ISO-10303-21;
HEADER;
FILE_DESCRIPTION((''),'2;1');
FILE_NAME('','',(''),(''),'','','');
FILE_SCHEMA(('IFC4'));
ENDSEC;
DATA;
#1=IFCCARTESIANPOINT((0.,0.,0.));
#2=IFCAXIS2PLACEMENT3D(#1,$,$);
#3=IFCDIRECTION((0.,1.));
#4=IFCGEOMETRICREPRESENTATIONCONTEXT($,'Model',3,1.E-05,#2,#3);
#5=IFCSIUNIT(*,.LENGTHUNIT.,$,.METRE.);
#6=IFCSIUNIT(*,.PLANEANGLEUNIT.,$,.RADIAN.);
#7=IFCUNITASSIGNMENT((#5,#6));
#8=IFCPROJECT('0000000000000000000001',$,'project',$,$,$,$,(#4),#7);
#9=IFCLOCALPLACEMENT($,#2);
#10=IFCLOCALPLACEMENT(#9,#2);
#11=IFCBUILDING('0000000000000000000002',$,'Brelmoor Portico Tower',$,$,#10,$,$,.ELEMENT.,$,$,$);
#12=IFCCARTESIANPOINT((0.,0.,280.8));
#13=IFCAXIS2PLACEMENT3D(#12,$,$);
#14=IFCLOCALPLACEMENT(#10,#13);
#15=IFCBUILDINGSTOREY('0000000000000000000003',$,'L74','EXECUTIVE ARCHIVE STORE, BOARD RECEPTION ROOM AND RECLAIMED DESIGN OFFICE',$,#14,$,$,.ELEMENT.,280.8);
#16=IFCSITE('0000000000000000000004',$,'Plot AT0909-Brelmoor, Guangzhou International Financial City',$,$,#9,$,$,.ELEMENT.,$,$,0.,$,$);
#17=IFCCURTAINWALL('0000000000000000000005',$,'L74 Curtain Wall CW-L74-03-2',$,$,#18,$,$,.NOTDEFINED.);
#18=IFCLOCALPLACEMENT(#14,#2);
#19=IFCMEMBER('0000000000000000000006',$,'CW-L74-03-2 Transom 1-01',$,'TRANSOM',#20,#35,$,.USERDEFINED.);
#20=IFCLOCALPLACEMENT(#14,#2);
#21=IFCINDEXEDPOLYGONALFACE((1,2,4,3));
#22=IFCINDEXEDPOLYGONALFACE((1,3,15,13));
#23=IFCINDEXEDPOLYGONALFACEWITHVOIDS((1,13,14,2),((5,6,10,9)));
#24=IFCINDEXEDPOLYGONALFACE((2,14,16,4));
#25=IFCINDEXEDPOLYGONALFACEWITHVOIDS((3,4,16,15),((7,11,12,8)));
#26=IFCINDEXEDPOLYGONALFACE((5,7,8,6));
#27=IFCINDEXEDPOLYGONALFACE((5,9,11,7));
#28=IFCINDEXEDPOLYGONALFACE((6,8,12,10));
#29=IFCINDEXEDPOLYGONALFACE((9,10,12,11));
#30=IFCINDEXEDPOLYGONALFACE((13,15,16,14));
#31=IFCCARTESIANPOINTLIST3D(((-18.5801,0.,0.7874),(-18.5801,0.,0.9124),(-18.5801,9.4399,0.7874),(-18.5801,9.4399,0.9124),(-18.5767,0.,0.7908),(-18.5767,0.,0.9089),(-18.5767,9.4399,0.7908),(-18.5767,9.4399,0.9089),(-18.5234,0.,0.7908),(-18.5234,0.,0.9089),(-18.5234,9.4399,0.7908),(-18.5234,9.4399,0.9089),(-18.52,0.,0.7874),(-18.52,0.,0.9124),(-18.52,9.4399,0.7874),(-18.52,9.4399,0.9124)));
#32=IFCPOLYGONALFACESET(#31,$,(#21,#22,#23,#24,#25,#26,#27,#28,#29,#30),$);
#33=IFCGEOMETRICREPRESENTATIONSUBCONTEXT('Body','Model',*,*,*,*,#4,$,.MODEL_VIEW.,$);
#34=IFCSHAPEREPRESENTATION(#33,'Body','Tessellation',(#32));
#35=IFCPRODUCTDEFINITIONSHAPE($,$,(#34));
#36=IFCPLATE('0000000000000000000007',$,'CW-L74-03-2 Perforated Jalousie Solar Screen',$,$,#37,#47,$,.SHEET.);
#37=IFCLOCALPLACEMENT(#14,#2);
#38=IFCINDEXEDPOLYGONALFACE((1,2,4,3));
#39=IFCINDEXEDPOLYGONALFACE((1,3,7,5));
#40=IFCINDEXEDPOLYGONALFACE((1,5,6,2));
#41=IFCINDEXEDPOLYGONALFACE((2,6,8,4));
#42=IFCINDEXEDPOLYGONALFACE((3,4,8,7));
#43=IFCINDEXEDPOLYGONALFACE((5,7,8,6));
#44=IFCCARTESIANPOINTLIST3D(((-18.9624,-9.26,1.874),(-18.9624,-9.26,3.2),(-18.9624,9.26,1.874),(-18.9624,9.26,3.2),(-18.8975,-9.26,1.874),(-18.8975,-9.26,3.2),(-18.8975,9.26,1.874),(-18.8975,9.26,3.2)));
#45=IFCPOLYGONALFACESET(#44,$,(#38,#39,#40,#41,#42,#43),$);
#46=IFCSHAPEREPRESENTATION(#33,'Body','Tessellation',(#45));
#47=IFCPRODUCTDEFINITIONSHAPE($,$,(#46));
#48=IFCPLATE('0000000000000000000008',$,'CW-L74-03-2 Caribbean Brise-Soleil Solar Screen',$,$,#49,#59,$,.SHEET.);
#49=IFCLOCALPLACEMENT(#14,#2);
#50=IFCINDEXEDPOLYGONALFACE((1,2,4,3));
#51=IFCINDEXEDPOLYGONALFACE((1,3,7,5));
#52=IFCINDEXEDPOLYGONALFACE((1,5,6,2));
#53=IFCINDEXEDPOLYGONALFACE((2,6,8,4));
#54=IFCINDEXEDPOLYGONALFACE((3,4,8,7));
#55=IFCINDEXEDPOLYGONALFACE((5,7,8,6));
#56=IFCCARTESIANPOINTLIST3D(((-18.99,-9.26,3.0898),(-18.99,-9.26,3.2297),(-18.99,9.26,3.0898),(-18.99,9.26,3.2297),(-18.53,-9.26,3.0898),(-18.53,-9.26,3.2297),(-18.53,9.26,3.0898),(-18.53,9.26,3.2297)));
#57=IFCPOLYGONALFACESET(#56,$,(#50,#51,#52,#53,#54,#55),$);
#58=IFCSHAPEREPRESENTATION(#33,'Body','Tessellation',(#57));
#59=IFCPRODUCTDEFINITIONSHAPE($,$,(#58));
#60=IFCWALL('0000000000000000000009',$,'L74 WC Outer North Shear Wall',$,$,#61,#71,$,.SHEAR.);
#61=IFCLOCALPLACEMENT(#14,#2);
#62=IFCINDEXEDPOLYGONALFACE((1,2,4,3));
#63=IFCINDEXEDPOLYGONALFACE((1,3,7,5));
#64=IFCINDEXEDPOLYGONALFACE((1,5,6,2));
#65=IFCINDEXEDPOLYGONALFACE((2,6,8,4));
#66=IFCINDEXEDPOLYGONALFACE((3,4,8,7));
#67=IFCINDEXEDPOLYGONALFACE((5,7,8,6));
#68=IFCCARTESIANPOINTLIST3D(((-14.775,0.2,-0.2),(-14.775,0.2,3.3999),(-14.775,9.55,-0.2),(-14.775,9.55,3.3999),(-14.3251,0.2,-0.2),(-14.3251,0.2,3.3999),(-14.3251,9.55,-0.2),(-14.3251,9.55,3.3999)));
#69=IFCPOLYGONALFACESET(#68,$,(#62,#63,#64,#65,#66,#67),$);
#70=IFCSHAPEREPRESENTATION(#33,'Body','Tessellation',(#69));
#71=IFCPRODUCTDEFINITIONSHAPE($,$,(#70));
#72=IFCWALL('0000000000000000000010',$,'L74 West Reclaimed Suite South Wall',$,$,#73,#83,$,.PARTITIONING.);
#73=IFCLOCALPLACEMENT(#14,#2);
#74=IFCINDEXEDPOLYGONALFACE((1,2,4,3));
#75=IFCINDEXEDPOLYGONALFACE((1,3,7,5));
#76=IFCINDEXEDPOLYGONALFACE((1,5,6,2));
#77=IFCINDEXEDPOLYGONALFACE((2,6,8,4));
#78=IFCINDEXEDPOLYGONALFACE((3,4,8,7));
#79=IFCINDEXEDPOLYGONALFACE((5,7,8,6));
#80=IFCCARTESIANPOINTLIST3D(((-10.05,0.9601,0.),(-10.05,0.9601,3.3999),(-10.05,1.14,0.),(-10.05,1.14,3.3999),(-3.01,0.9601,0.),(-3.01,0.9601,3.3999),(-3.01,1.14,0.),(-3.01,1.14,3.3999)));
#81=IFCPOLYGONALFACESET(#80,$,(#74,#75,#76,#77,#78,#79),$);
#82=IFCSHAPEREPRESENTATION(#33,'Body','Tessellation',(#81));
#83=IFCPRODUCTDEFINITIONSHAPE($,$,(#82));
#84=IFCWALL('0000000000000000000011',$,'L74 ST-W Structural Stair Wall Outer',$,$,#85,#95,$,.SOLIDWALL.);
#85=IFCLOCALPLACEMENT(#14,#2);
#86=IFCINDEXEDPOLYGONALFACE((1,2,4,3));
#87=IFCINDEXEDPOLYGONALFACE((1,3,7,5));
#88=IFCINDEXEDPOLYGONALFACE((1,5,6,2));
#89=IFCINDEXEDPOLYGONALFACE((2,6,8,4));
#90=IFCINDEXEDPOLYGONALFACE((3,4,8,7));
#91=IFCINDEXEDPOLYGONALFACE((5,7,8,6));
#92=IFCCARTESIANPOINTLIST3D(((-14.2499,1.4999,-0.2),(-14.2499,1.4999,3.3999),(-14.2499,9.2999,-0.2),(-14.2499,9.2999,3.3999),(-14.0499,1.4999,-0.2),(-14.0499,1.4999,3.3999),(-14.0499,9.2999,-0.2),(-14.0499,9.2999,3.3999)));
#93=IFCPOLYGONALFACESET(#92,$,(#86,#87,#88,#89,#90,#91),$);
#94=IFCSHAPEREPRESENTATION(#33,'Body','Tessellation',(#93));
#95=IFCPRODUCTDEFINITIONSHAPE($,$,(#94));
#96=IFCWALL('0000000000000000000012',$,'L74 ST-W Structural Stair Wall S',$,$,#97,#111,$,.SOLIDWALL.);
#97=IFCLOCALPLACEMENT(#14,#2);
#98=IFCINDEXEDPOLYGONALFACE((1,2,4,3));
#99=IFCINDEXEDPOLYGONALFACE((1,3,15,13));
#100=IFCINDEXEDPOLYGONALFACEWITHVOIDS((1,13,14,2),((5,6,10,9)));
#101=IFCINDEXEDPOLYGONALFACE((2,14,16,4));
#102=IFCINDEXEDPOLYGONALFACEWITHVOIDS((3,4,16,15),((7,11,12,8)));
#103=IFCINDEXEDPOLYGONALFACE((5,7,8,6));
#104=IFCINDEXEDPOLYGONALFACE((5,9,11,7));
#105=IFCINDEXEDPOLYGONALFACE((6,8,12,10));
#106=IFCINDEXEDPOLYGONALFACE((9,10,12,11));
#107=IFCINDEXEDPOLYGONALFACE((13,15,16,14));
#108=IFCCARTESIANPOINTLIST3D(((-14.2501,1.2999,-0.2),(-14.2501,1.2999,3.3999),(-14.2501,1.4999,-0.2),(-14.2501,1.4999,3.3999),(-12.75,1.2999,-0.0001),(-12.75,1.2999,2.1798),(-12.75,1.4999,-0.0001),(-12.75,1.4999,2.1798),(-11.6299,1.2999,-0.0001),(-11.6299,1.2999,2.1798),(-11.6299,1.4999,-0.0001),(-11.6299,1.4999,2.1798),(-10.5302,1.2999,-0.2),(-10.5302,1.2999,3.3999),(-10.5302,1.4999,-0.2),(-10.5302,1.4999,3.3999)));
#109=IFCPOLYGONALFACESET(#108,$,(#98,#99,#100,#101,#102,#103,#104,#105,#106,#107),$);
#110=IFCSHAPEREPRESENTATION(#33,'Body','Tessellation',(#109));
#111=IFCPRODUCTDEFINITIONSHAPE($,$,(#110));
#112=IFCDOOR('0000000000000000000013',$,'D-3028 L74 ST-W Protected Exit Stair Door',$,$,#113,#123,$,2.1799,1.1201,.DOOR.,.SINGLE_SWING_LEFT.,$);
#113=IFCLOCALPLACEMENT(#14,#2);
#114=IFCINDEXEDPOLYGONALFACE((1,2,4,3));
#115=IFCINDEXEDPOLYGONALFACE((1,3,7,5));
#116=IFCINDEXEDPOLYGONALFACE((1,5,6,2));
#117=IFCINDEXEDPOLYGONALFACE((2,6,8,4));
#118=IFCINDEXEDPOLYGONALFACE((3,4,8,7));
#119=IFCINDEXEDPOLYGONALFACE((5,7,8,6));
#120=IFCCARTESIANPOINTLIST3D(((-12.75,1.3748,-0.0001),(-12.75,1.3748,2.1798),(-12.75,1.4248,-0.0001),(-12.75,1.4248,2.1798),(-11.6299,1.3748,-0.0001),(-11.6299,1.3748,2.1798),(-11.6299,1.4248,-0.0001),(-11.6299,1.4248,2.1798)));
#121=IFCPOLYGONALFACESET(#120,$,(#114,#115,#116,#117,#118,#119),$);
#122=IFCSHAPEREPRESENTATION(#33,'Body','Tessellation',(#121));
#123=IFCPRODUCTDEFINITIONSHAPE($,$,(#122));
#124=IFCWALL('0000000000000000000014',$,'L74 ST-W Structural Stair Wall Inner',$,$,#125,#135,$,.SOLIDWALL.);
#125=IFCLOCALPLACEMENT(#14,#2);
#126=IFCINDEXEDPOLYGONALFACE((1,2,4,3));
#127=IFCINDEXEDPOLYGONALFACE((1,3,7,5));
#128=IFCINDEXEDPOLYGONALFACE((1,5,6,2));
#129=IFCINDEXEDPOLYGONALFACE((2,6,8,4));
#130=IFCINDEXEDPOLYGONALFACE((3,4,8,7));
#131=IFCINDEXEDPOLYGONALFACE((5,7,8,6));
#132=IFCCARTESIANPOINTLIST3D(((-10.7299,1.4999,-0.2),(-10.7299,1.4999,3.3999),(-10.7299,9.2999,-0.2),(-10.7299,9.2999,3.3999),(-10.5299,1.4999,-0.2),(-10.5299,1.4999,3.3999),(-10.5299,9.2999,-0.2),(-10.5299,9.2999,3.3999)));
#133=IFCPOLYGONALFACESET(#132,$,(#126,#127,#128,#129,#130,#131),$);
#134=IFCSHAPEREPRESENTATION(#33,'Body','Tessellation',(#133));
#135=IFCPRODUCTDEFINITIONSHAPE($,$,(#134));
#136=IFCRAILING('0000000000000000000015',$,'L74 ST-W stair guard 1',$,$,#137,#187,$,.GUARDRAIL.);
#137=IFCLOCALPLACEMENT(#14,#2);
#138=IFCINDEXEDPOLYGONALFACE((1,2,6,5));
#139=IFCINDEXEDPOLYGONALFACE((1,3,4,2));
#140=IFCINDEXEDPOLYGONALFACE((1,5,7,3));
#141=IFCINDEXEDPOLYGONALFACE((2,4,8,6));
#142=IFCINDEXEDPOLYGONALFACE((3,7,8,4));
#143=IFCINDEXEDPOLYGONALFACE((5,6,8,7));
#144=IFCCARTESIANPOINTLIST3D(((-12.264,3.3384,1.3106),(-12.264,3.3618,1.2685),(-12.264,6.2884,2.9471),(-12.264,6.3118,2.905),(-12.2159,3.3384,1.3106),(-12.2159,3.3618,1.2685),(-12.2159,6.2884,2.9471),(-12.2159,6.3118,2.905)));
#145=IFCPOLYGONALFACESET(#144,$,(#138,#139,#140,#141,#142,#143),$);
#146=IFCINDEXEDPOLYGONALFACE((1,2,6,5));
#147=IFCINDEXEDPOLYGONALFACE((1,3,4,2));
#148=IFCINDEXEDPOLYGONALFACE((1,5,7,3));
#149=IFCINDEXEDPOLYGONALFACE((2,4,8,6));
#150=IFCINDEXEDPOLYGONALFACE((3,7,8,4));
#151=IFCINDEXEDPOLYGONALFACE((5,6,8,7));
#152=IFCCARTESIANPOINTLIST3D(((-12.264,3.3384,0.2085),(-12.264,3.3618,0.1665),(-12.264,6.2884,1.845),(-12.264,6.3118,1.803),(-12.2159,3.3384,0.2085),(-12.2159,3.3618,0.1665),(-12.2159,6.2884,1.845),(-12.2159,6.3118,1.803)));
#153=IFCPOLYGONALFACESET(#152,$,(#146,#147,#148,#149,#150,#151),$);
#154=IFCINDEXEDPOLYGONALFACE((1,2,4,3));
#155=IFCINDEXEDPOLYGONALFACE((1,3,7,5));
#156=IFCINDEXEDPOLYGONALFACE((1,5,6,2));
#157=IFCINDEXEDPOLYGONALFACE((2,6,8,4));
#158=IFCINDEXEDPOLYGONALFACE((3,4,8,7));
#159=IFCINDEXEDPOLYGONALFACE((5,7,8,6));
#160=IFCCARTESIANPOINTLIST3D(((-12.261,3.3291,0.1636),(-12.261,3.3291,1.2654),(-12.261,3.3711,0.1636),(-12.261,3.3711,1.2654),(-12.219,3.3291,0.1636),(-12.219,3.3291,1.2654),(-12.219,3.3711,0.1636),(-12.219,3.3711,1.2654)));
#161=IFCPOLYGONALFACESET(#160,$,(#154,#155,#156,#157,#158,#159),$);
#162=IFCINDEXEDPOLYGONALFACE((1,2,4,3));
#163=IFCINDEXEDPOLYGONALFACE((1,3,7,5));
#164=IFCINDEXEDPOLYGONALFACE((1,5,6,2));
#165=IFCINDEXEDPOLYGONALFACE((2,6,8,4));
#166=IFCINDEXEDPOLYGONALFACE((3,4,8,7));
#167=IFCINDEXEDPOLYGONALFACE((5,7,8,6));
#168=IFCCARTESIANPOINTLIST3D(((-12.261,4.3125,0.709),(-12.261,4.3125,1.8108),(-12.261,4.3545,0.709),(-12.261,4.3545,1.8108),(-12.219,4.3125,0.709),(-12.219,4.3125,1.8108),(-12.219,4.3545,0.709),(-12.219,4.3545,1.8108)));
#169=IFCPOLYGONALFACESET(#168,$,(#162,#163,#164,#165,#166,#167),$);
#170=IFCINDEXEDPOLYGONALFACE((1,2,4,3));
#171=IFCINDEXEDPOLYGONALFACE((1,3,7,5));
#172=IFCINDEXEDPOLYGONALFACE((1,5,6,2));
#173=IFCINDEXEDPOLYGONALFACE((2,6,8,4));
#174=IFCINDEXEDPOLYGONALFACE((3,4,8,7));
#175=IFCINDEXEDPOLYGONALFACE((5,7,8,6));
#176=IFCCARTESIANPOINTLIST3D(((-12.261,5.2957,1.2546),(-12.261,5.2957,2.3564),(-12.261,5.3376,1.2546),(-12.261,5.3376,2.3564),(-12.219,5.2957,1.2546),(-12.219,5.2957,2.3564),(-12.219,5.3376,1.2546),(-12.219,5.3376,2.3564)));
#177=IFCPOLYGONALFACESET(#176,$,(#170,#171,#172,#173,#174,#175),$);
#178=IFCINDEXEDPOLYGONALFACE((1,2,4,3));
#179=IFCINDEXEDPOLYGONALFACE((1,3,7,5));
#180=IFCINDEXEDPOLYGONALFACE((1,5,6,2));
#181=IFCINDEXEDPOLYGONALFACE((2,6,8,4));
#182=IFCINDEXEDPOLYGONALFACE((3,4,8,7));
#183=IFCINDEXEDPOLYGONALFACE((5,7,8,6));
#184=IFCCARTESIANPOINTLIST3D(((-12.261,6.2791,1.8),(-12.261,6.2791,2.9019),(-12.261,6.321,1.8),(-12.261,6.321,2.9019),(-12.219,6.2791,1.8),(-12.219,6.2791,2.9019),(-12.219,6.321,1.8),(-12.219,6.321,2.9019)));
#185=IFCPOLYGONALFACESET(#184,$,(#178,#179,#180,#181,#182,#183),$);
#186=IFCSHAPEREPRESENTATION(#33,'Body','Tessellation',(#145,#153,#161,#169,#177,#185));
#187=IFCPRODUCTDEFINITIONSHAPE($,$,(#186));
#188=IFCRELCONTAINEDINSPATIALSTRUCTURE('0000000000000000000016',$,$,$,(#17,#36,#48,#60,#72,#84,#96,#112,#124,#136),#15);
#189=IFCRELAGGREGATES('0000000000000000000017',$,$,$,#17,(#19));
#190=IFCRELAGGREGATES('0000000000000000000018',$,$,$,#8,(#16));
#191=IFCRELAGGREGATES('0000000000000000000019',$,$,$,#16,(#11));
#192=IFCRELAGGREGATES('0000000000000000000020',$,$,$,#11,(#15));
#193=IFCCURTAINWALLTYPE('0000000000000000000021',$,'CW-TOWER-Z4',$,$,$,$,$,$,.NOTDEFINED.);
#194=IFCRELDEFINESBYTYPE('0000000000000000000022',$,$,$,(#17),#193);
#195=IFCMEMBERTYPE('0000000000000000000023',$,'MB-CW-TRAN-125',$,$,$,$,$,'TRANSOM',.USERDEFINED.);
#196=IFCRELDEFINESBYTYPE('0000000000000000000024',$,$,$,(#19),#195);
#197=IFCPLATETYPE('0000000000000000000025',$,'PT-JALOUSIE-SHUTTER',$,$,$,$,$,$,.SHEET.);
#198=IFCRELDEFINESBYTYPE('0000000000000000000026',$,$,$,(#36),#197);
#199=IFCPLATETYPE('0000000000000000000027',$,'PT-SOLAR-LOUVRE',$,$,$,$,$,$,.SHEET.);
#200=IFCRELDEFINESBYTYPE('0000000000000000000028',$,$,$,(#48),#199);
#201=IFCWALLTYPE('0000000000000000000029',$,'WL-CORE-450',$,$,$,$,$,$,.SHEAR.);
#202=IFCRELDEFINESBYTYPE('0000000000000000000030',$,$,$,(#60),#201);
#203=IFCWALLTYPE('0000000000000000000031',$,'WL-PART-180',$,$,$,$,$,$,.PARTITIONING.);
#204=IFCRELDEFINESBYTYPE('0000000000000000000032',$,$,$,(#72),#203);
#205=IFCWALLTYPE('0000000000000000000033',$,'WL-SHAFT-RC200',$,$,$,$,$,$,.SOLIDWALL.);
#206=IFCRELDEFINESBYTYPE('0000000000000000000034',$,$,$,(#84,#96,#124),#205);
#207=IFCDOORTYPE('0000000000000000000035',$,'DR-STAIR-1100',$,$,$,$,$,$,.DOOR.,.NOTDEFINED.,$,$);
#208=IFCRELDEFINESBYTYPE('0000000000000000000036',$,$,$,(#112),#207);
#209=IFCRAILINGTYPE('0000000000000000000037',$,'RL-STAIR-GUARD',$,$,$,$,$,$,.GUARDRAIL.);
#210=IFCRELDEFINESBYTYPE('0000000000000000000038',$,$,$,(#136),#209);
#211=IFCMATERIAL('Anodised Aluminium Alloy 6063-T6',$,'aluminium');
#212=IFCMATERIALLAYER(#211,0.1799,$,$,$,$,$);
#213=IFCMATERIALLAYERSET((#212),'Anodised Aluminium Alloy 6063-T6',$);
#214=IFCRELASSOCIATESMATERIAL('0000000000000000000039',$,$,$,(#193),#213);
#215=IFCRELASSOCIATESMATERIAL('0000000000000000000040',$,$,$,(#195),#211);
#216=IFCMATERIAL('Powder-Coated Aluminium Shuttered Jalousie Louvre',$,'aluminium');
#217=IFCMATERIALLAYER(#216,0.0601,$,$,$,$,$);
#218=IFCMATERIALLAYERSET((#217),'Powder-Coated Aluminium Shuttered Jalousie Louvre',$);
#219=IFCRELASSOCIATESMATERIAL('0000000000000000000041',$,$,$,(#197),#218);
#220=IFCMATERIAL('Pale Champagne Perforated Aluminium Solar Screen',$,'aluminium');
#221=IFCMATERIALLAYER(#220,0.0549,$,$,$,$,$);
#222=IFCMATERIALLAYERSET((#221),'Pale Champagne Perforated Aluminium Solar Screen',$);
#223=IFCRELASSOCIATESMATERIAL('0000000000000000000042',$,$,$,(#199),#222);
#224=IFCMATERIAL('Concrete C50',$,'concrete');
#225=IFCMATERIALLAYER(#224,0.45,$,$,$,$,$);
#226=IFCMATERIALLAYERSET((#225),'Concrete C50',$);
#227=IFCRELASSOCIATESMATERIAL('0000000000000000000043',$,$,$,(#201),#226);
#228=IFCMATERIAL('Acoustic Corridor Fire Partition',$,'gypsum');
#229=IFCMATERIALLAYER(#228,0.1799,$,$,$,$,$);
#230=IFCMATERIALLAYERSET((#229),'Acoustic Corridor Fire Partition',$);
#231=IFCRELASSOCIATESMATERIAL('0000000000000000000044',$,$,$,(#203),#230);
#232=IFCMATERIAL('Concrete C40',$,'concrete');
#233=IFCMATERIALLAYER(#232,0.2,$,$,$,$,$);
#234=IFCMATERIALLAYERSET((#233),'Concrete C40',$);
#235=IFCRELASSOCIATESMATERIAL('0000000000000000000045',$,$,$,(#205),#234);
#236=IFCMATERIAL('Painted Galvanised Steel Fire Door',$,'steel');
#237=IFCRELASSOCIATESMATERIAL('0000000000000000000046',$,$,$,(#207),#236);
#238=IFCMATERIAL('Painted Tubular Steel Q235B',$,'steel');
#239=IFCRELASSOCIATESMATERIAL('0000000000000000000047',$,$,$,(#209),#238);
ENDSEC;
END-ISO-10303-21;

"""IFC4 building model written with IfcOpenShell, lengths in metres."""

from ifc_helpers import new_model, si_unit, direction, frame, frame_2d, origin, origin_2d, place, context, subcontext, project, spatial, rectangle, hollow_rectangle, extrude, material, layer, layer_set, material_profile, profile_set, type_object, element, fill, aggregate, save


model = new_model("IFC4")

# Units and contexts
model_context = context("Model", 3, precision=1e-05, world=origin(), true_north=direction((0.0, 1.0)))
body_context = subcontext(model_context, "Body", "Model", "MODEL_VIEW")
ifc_project = project(units=[si_unit("LENGTHUNIT", "METRE"), si_unit("PLANEANGLEUNIT", "RADIAN")], contexts=[model_context])

# Site, building, storey
site_placement = place(None, origin())
site = spatial("IfcSite", under=ifc_project, at=site_placement, Name="Plot AT0909-Brelmoor, Guangzhou International Financial City", CompositionType="ELEMENT", RefElevation=0.0)
building_placement = place(site_placement, origin())
building = spatial("IfcBuilding", under=site, at=building_placement, Name="Brelmoor Portico Tower", CompositionType="ELEMENT")
storey_placement = place(building_placement, frame((0.0, 0.0, 280.8)))
storey = spatial("IfcBuildingStorey", under=building, at=storey_placement, Name="L74", Description="EXECUTIVE ARCHIVE STORE, BOARD RECEPTION ROOM AND RECLAIMED DESIGN OFFICE", CompositionType="ELEMENT", Elevation=280.8)

# Curtain wall, member
ifc_material_1 = material(Name="Anodised Aluminium Alloy 6063-T6", Category="aluminium")
ifc_layer_1 = layer(ifc_material_1, 0.1799)
ifc_layer_set_1 = layer_set([ifc_layer_1], Name="Anodised Aluminium Alloy 6063-T6")
curtain_wall_type = type_object("IfcCurtainWallType", Name="CW-TOWER-Z4", PredefinedType="NOTDEFINED", material=ifc_layer_set_1)
curtain_wall_placement = place(storey_placement, origin())
curtain_wall = element("IfcCurtainWall", 1, at=curtain_wall_placement, inside=storey, type_object=curtain_wall_type, Name="L74 Curtain Wall CW-L74-03-2", PredefinedType="NOTDEFINED")
ifc_material_profile_1 = material_profile(ifc_material_1, hollow_rectangle(XDim=0.0601, YDim=0.125, WallThickness=0.0034, at=origin_2d()), Name="ALU TRANSOM 60x125")
ifc_profile_set_1 = profile_set([ifc_material_profile_1], Name="Anodised Aluminium Alloy 6063-T6")
member_type_1 = type_object("IfcMemberType", Name="MB-CW-TRAN-125", ElementType="TRANSOM", PredefinedType="USERDEFINED", material=ifc_profile_set_1)
member_1_placement = place(storey_placement, frame((-18.55, 0.0, 0.8499), z_axis=(0.0, 1.0, 0.0), x_axis=(-1.0, 0.0, 0.0)))
member_1 = element("IfcMember", 2, at=member_1_placement, type_object=member_type_1, Name="CW-L74-03-2 Transom 1-01", ObjectType="TRANSOM", PredefinedType="USERDEFINED", context=body_context, shape_type="SweptSolid", body=[
    extrude(hollow_rectangle(XDim=0.0601, YDim=0.125, WallThickness=0.0034, at=origin_2d()), origin(), (0.0, 0.0, 1.0), 9.4399),
])
aggregate(curtain_wall, [member_1])

# Plates
ifc_material_2 = material(Name="Powder-Coated Aluminium Shuttered Jalousie Louvre", Category="aluminium")
ifc_layer_2 = layer(ifc_material_2, 0.0601)
ifc_layer_set_2 = layer_set([ifc_layer_2], Name="Powder-Coated Aluminium Shuttered Jalousie Louvre")
plate_type_1 = type_object("IfcPlateType", Name="PT-JALOUSIE-SHUTTER", PredefinedType="SHEET", material=ifc_layer_set_2)
plate_1_placement = place(storey_placement, frame((-18.9299, 0.0, 1.874), z_axis=(0.0, 0.0, 1.0), x_axis=(0.0, 1.0, 0.0)))
element("IfcPlate", 3, at=plate_1_placement, inside=storey, type_object=plate_type_1, Name="CW-L74-03-2 Perforated Jalousie Solar Screen", PredefinedType="SHEET", context=body_context, shape_type="SweptSolid", body=[
    extrude(rectangle(XDim=18.52, YDim=0.0649, at=origin_2d()), origin(), (0.0, 0.0, 1.0), 1.3259),
])
ifc_material_3 = material(Name="Pale Champagne Perforated Aluminium Solar Screen", Category="aluminium")
ifc_layer_3 = layer(ifc_material_3, 0.0549)
ifc_layer_set_3 = layer_set([ifc_layer_3], Name="Pale Champagne Perforated Aluminium Solar Screen")
plate_type_2 = type_object("IfcPlateType", Name="PT-SOLAR-LOUVRE", PredefinedType="SHEET", material=ifc_layer_set_3)
plate_2_placement = place(storey_placement, frame((-18.76, 0.0, 3.0898), z_axis=(0.0, 0.0, 1.0), x_axis=(0.0, 1.0, 0.0)))
element("IfcPlate", 4, at=plate_2_placement, inside=storey, type_object=plate_type_2, Name="CW-L74-03-2 Caribbean Brise-Soleil Solar Screen", PredefinedType="SHEET", context=body_context, shape_type="SweptSolid", body=[
    extrude(rectangle(XDim=18.52, YDim=0.46, at=origin_2d()), origin(), (0.0, 0.0, 1.0), 0.1399),
])

# Walls
ifc_material_4 = material(Name="Concrete C50", Category="concrete")
ifc_layer_4 = layer(ifc_material_4, 0.45)
ifc_layer_set_4 = layer_set([ifc_layer_4], Name="Concrete C50")
wall_type_1 = type_object("IfcWallType", Name="WL-CORE-450", PredefinedType="SHEAR", material=ifc_layer_set_4)
wall_1_placement = place(storey_placement, frame((-14.55, 0.2, -0.2), z_axis=(0.0, 0.0, 1.0), x_axis=(0.0, 1.0, 0.0)))
element("IfcWall", 5, at=wall_1_placement, inside=storey, type_object=wall_type_1, Name="L74 WC Outer North Shear Wall", PredefinedType="SHEAR", context=body_context, shape_type="SweptSolid", body=[
    extrude(rectangle(XDim=9.3501, YDim=0.45, at=frame_2d((4.675, 0.0))), origin(), (0.0, 0.0, 1.0), 3.5999),
])
ifc_material_5 = material(Name="Acoustic Corridor Fire Partition", Category="gypsum")
ifc_layer_5 = layer(ifc_material_5, 0.1799)
ifc_layer_set_5 = layer_set([ifc_layer_5], Name="Acoustic Corridor Fire Partition")
wall_type_2 = type_object("IfcWallType", Name="WL-PART-180", PredefinedType="PARTITIONING", material=ifc_layer_set_5)
wall_2_placement = place(storey_placement, frame((-10.05, 1.05, 0.0), z_axis=(0.0, 0.0, 1.0), x_axis=(1.0, 0.0, 0.0)))
element("IfcWall", 6, at=wall_2_placement, inside=storey, type_object=wall_type_2, Name="L74 West Reclaimed Suite South Wall", PredefinedType="PARTITIONING", context=body_context, shape_type="SweptSolid", body=[
    extrude(rectangle(XDim=7.04, YDim=0.1799, at=frame_2d((3.52, 0.0))), origin(), (0.0, 0.0, 1.0), 3.3999),
])

# Shared definitions
ifc_material_6 = material(Name="Painted Galvanised Steel Fire Door", Category="steel")

# Wall
ifc_material_7 = material(Name="Concrete C40", Category="concrete")
ifc_layer_6 = layer(ifc_material_7, 0.2)
ifc_layer_set_6 = layer_set([ifc_layer_6], Name="Concrete C40")
wall_type_3 = type_object("IfcWallType", Name="WL-SHAFT-RC200", PredefinedType="SOLIDWALL", material=ifc_layer_set_6)
wall_3_placement = place(storey_placement, frame((-14.1499, 1.5, -0.2), z_axis=(0.0, 0.0, 1.0), x_axis=(0.0, 1.0, 0.0)))
element("IfcWall", 7, at=wall_3_placement, inside=storey, type_object=wall_type_3, Name="L74 ST-W Structural Stair Wall Outer", PredefinedType="SOLIDWALL", context=body_context, shape_type="SweptSolid", body=[
    extrude(rectangle(XDim=7.8, YDim=0.2, at=frame_2d((3.8999, 0.0))), origin(), (0.0, 0.0, 1.0), 3.5999),
])

# Wall, opening, door
wall_4_placement = place(storey_placement, frame((-14.25, 1.3999, -0.2), z_axis=(0.0, 0.0, 1.0), x_axis=(1.0, 0.0, 0.0)))
wall_4 = element("IfcWall", 8, at=wall_4_placement, inside=storey, type_object=wall_type_3, Name="L74 ST-W Structural Stair Wall S", PredefinedType="SOLIDWALL", context=body_context, shape_type="SweptSolid", body=[
    extrude(rectangle(XDim=3.72, YDim=0.2, at=frame_2d((1.8599, 0.0))), origin(), (0.0, 0.0, 1.0), 3.5999),
])
opening_1_placement = place(wall_4_placement, frame((1.5, 0.0, 0.2)))
opening_1 = element("IfcOpeningElement", 9, at=opening_1_placement, cuts=wall_4, PredefinedType="OPENING", context=body_context, shape_type="SweptSolid", body=[
    extrude(rectangle(XDim=1.1201, YDim=2.1799, at=frame_2d((0.5601, 1.0898))), frame((0.0, 0.1099, 0.0), z_axis=(0.0, -1.0, 0.0), x_axis=(1.0, 0.0, 0.0)), (0.0, 0.0, 1.0), 0.22),
])
door_type_1 = type_object("IfcDoorType", Name="DR-STAIR-1100", OperationType="NOTDEFINED", PredefinedType="DOOR", material=ifc_material_6)
door_1_placement = place(opening_1_placement, origin())
door_1 = element("IfcDoor", 10, at=door_1_placement, inside=storey, type_object=door_type_1, Name="D-3028 L74 ST-W Protected Exit Stair Door", OperationType="SINGLE_SWING_LEFT", OverallHeight=2.1799, OverallWidth=1.1201, PredefinedType="DOOR", context=body_context, shape_type="SweptSolid", body=[
    extrude(rectangle(XDim=1.1201, YDim=2.1799, at=frame_2d((0.5601, 1.0898))), frame((0.0, 0.0249, 0.0), z_axis=(0.0, -1.0, 0.0), x_axis=(1.0, 0.0, 0.0)), (0.0, 0.0, 1.0), 0.05),
])
fill(opening_1, door_1)

# Wall
wall_5_placement = place(storey_placement, frame((-10.6299, 1.5, -0.2), z_axis=(0.0, 0.0, 1.0), x_axis=(0.0, 1.0, 0.0)))
element("IfcWall", 11, at=wall_5_placement, inside=storey, type_object=wall_type_3, Name="L74 ST-W Structural Stair Wall Inner", PredefinedType="SOLIDWALL", context=body_context, shape_type="SweptSolid", body=[
    extrude(rectangle(XDim=7.8, YDim=0.2, at=frame_2d((3.8999, 0.0))), origin(), (0.0, 0.0, 1.0), 3.5999),
])

# Railing
ifc_material_8 = material(Name="Painted Tubular Steel Q235B", Category="steel")
railing_type = type_object("IfcRailingType", Name="RL-STAIR-GUARD", PredefinedType="GUARDRAIL", material=ifc_material_8)
railing_1_placement = place(storey_placement, frame((-12.24, 3.3501, 0.1636)))
element("IfcRailing", 12, at=railing_1_placement, inside=storey, type_object=railing_type, Name="L74 ST-W stair guard 1", PredefinedType="GUARDRAIL", context=body_context, shape_type="SweptSolid", body=[
    extrude(rectangle(XDim=0.0481, YDim=0.0481, at=origin_2d()), frame((0.0, 0.0, 1.126), z_axis=(0.0, 0.874458, 0.485102), x_axis=(-1.0, 0.0, 0.0)), (0.0, 0.0, 1.0), 3.3735),
    extrude(rectangle(XDim=0.0481, YDim=0.0481, at=origin_2d()), frame((0.0, 0.0, 0.0239), z_axis=(0.0, 0.874458, 0.485102), x_axis=(-1.0, 0.0, 0.0)), (0.0, 0.0, 1.0), 3.3735),
    extrude(rectangle(XDim=0.042, YDim=0.042, at=origin_2d()), origin(), (0.0, 0.0, 1.0), 1.1018),
    extrude(rectangle(XDim=0.042, YDim=0.042, at=origin_2d()), frame((0.0, 0.9834, 0.5454)), (0.0, 0.0, 1.0), 1.1018),
    extrude(rectangle(XDim=0.042, YDim=0.042, at=origin_2d()), frame((0.0, 1.9666, 1.0911)), (0.0, 0.0, 1.0), 1.1018),
    extrude(rectangle(XDim=0.042, YDim=0.042, at=origin_2d()), frame((0.0, 2.95, 1.6365)), (0.0, 0.0, 1.0), 1.1018),
])

save(model, "model.ifc")
